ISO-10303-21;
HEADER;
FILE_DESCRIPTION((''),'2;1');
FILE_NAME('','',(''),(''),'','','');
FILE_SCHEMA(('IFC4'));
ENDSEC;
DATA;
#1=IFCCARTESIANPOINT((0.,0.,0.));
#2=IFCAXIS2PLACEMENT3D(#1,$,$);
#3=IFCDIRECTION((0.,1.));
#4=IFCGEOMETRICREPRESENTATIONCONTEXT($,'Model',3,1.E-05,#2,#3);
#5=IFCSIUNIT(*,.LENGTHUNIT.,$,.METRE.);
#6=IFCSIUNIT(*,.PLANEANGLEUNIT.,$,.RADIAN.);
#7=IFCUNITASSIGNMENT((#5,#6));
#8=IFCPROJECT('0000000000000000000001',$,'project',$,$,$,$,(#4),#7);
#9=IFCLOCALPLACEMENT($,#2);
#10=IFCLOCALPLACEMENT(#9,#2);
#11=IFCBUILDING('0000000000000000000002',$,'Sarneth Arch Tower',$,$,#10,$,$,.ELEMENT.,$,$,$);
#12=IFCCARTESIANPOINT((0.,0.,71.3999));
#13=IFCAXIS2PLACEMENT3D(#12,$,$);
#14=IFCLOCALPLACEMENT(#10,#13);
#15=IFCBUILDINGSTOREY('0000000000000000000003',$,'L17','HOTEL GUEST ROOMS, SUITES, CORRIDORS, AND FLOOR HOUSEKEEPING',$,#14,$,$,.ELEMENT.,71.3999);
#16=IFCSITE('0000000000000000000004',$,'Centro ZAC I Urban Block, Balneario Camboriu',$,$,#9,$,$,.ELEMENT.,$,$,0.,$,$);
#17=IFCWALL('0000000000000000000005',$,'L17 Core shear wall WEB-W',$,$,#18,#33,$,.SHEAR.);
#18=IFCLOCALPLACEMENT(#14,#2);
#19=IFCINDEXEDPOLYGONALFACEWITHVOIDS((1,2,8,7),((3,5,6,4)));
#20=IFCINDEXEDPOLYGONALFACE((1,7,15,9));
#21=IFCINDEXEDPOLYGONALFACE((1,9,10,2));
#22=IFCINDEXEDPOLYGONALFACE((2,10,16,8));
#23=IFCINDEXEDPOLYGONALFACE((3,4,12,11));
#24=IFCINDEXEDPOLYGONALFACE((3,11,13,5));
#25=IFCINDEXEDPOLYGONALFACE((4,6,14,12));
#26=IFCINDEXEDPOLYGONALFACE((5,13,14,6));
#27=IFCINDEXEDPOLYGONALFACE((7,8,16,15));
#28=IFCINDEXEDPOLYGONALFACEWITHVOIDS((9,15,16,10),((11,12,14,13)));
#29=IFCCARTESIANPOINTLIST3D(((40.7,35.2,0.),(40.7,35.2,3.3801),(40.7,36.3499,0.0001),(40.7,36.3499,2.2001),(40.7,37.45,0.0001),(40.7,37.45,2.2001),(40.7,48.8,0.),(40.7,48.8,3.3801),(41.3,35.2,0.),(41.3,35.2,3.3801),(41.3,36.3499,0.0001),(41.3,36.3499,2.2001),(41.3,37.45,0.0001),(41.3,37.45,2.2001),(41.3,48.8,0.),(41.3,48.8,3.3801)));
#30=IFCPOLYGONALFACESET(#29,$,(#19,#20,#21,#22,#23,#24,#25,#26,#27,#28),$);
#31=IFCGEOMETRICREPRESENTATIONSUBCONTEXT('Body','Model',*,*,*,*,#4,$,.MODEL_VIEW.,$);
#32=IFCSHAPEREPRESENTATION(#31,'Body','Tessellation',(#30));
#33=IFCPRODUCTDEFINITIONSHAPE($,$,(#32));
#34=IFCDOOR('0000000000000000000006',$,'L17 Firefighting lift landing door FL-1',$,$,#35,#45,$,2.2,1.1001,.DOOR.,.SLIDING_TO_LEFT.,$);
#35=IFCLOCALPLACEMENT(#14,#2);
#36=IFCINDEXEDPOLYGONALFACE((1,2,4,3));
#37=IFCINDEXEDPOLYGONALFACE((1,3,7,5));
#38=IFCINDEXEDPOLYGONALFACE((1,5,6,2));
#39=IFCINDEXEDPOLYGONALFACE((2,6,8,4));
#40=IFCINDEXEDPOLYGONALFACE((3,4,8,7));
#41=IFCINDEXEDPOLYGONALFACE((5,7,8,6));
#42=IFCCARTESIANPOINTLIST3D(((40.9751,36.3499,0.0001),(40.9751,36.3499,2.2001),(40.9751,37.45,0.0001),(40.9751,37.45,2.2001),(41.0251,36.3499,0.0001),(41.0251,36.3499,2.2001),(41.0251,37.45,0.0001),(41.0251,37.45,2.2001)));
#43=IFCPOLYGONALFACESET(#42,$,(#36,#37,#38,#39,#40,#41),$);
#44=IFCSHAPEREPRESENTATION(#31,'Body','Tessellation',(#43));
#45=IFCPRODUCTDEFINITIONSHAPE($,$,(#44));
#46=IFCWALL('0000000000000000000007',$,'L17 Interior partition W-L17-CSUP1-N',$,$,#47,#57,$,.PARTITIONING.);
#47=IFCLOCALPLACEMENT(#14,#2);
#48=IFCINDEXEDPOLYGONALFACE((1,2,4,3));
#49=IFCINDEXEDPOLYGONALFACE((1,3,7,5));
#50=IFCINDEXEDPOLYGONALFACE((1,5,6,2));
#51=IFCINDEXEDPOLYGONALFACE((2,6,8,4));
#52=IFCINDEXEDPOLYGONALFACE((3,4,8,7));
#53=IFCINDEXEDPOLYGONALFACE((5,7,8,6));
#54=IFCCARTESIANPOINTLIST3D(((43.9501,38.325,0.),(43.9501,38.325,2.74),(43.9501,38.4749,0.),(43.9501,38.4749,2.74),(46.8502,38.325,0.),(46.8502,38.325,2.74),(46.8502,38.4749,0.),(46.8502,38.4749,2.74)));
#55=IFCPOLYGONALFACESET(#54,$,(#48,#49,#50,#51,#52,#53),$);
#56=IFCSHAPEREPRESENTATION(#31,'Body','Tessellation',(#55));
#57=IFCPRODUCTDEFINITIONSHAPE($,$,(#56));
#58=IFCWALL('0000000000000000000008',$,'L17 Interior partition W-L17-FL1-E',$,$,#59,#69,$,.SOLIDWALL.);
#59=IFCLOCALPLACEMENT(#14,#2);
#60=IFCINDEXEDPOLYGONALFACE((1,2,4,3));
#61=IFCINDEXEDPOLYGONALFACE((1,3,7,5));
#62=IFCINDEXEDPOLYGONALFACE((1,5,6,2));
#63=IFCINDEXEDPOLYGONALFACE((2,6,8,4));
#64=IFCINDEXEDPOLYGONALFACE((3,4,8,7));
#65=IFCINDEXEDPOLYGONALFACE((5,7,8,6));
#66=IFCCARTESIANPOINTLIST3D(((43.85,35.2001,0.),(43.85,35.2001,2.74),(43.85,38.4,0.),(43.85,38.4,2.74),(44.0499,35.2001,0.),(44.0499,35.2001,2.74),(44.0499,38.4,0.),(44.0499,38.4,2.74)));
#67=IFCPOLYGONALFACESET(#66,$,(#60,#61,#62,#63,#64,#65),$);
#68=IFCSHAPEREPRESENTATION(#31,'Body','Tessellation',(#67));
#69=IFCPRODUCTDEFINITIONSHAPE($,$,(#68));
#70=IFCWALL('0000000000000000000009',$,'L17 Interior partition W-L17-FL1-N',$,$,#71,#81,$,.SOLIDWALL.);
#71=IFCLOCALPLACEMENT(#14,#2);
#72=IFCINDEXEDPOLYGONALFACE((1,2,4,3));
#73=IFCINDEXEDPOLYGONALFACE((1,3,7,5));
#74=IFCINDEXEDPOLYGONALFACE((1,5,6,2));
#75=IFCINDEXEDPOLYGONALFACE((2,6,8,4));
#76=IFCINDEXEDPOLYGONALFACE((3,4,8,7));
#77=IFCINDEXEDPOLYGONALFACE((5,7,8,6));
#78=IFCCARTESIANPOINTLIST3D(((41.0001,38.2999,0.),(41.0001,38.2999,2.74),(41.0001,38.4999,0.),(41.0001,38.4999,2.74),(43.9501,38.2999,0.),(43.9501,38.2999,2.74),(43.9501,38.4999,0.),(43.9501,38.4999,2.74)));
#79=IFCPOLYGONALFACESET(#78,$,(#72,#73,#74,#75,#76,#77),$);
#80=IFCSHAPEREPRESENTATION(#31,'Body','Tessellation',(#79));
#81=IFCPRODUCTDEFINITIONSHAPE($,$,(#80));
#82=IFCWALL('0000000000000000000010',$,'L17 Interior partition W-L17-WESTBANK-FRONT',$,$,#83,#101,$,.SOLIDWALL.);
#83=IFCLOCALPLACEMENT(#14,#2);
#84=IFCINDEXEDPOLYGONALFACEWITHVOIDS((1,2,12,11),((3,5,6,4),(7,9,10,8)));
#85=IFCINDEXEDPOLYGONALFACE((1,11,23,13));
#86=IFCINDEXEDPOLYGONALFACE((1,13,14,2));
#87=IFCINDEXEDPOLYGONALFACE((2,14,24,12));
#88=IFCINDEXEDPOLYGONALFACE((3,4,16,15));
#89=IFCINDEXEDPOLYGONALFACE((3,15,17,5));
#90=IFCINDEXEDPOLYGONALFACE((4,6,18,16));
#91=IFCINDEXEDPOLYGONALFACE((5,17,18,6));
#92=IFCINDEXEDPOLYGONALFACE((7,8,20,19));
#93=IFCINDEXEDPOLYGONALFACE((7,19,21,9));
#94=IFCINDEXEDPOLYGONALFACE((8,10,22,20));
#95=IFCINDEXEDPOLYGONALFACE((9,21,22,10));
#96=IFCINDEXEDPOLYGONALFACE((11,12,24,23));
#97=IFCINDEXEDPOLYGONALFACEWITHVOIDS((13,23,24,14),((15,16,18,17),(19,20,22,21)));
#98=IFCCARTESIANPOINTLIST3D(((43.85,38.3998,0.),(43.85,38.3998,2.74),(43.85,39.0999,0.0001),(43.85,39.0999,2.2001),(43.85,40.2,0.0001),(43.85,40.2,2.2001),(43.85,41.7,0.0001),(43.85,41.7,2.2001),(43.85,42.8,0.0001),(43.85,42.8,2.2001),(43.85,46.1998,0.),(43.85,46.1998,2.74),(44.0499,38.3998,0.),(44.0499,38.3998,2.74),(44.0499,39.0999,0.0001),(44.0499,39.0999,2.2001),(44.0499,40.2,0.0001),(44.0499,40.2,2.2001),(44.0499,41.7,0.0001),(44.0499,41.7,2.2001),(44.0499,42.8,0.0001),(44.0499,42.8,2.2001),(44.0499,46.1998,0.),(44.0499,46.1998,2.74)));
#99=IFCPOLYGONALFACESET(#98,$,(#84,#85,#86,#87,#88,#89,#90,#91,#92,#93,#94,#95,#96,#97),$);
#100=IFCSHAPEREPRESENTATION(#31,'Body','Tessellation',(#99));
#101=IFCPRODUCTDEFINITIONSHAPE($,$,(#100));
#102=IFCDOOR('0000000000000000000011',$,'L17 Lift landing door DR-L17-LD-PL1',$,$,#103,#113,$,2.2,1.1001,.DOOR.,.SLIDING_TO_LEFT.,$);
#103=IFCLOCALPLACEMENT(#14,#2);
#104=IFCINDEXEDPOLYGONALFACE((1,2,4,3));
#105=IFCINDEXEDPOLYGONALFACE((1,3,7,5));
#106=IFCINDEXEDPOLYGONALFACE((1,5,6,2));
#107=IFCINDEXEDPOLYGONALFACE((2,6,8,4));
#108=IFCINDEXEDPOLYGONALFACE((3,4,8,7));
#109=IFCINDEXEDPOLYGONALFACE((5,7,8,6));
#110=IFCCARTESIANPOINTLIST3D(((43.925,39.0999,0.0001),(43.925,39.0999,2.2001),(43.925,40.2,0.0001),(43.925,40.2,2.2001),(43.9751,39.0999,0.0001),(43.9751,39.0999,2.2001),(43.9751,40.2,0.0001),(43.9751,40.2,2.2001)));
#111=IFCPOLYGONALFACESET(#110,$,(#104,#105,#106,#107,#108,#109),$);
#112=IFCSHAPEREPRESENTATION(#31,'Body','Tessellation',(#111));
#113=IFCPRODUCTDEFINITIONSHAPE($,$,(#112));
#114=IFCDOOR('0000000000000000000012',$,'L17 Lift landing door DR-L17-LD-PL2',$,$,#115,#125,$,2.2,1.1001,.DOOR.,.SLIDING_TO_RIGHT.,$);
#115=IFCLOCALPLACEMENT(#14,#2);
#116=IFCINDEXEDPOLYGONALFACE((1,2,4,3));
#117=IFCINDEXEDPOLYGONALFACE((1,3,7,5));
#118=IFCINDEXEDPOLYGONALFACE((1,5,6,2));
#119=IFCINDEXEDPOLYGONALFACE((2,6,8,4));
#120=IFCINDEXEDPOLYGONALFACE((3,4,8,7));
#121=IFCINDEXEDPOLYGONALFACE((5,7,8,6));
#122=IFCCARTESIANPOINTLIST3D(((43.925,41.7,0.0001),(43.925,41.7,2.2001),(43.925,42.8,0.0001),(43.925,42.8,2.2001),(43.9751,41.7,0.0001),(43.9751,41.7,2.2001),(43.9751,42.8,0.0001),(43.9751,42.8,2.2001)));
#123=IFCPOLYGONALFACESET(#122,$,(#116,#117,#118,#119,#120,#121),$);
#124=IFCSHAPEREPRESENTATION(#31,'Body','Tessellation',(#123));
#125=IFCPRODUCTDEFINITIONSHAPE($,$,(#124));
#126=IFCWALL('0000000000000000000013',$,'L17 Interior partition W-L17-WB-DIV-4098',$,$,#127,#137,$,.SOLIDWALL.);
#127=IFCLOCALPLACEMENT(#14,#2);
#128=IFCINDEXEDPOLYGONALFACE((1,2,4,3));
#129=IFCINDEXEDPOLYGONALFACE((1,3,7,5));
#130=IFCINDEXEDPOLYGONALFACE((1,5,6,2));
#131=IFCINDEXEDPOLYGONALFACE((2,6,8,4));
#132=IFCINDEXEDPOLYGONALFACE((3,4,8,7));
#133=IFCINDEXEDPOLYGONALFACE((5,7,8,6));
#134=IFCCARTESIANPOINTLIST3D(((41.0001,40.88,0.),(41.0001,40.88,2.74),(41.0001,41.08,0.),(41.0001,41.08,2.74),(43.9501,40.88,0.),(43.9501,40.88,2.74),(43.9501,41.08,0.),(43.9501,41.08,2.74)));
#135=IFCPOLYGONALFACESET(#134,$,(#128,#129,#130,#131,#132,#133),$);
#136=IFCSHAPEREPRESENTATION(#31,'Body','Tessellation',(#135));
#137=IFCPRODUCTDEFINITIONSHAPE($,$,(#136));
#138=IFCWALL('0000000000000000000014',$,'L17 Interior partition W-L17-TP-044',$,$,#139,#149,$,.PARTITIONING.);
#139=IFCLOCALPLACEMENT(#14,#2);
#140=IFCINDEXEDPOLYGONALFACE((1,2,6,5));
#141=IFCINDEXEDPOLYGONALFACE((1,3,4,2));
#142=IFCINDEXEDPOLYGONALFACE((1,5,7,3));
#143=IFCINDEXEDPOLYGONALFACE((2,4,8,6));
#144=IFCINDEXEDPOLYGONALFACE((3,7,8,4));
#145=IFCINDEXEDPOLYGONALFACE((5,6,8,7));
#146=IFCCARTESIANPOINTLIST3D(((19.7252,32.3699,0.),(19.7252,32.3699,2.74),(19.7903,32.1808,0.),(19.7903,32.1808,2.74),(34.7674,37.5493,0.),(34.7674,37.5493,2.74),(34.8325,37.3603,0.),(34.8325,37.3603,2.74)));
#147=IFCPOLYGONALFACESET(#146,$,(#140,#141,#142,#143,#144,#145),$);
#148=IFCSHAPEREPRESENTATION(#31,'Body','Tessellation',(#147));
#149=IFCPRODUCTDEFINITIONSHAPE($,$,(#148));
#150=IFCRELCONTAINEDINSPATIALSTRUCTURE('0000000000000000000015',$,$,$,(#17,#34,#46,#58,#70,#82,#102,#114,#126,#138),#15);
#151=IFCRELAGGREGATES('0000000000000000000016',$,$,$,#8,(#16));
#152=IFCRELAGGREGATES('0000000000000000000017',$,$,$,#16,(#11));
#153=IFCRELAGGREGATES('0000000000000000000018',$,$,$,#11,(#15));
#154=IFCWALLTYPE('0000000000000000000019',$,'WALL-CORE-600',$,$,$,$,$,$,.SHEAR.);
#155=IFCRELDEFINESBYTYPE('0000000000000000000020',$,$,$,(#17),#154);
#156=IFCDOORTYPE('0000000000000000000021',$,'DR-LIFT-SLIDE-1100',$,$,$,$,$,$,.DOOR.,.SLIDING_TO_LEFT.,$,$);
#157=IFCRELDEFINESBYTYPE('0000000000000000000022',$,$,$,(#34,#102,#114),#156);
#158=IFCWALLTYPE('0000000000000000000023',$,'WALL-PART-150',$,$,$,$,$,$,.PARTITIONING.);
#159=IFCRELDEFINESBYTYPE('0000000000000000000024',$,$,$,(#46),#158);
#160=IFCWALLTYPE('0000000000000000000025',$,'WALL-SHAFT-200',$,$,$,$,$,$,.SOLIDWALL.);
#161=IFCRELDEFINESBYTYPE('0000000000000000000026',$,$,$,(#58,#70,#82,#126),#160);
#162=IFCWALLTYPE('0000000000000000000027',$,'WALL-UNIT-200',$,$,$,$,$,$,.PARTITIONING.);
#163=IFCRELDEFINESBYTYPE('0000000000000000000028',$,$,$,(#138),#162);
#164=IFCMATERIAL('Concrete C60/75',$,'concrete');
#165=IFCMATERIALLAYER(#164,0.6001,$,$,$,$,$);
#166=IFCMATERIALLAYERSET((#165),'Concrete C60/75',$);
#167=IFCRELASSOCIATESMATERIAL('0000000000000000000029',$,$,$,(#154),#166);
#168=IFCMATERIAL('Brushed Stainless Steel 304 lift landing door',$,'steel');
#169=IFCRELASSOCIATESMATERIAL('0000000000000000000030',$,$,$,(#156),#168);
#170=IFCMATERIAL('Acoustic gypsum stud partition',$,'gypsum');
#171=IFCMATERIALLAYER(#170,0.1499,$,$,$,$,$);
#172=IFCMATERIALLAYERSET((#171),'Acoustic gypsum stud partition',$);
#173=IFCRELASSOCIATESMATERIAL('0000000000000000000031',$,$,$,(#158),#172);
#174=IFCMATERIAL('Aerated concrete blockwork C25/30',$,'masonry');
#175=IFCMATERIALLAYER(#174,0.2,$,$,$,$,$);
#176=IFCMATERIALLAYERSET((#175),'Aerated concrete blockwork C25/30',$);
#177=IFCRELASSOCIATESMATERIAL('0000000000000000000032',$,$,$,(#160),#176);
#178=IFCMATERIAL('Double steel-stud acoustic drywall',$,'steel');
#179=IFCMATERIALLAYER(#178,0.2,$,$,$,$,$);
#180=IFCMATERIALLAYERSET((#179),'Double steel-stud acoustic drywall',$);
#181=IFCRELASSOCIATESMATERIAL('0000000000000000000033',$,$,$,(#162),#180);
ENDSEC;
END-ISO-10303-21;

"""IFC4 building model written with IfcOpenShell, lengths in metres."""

from ifc_helpers import new_model, si_unit, direction, frame, frame_2d, origin, place, context, subcontext, project, spatial, rectangle, extrude, material, layer, layer_set, type_object, element, fill, save


model = new_model("IFC4")

# Units and contexts
model_context = context("Model", 3, precision=1e-05, world=origin(), true_north=direction((0.0, 1.0)))
body_context = subcontext(model_context, "Body", "Model", "MODEL_VIEW")
ifc_project = project(units=[si_unit("LENGTHUNIT", "METRE"), si_unit("PLANEANGLEUNIT", "RADIAN")], contexts=[model_context])

# Site, building, storey
site_placement = place(None, origin())
site = spatial("IfcSite", under=ifc_project, at=site_placement, Name="Centro ZAC I Urban Block, Balneario Camboriu", CompositionType="ELEMENT", RefElevation=0.0)
building_placement = place(site_placement, origin())
building = spatial("IfcBuilding", under=site, at=building_placement, Name="Sarneth Arch Tower", CompositionType="ELEMENT")
storey_placement = place(building_placement, frame((0.0, 0.0, 71.3999)))
storey = spatial("IfcBuildingStorey", under=building, at=storey_placement, Name="L17", Description="HOTEL GUEST ROOMS, SUITES, CORRIDORS, AND FLOOR HOUSEKEEPING", CompositionType="ELEMENT", Elevation=71.3999)

# Shared definitions
ifc_material_1 = material(Name="Concrete C60/75", Category="concrete")
ifc_layer_1 = layer(ifc_material_1, 0.6001)
ifc_layer_set_1 = layer_set([ifc_layer_1], Name="Concrete C60/75")
wall_type_1 = type_object("IfcWallType", Name="WALL-CORE-600", PredefinedType="SHEAR", material=ifc_layer_set_1)

# Wall, opening, door
wall_1_placement = place(storey_placement, frame((41.0, 35.2, 0.0), z_axis=(0.0, 0.0, 1.0), x_axis=(0.0, 1.0, 0.0)))
wall_1 = element("IfcWall", 1, at=wall_1_placement, inside=storey, type_object=wall_type_1, Name="L17 Core shear wall WEB-W", PredefinedType="SHEAR", context=body_context, shape_type="SweptSolid", body=[
    extrude(rectangle(XDim=13.6001, YDim=0.6001, at=frame_2d((6.8, 0.0))), origin(), (0.0, 0.0, 1.0), 3.3801),
])
opening_1_placement = place(wall_1_placement, frame((1.1499, 0.0, 0.0)))
opening_1 = element("IfcOpeningElement", 2, at=opening_1_placement, cuts=wall_1, PredefinedType="OPENING", context=body_context, shape_type="SweptSolid", body=[
    extrude(rectangle(XDim=1.1001, YDim=2.2, at=frame_2d((0.55, 1.1001))), frame((0.0, 0.3101, 0.0), z_axis=(0.0, -1.0, 0.0), x_axis=(1.0, 0.0, 0.0)), (0.0, 0.0, 1.0), 0.6201),
])
ifc_material_2 = material(Name="Brushed Stainless Steel 304 lift landing door", Category="steel")
door_type_1 = type_object("IfcDoorType", Name="DR-LIFT-SLIDE-1100", OperationType="SLIDING_TO_LEFT", PredefinedType="DOOR", material=ifc_material_2)
door_1_placement = place(opening_1_placement, origin())
door_1 = element("IfcDoor", 3, at=door_1_placement, inside=storey, type_object=door_type_1, Name="L17 Firefighting lift landing door FL-1", OperationType="SLIDING_TO_LEFT", OverallHeight=2.2, OverallWidth=1.1001, PredefinedType="DOOR", context=body_context, shape_type="SweptSolid", body=[
    extrude(rectangle(XDim=1.1001, YDim=2.2, at=frame_2d((0.55, 1.1001))), frame((0.0, 0.0249, 0.0), z_axis=(0.0, -1.0, 0.0), x_axis=(1.0, 0.0, 0.0)), (0.0, 0.0, 1.0), 0.05),
])
fill(opening_1, door_1)

# Wall
ifc_material_3 = material(Name="Acoustic gypsum stud partition", Category="gypsum")
ifc_layer_2 = layer(ifc_material_3, 0.1499)
ifc_layer_set_2 = layer_set([ifc_layer_2], Name="Acoustic gypsum stud partition")
wall_type_2 = type_object("IfcWallType", Name="WALL-PART-150", PredefinedType="PARTITIONING", material=ifc_layer_set_2)
wall_2_placement = place(storey_placement, frame((43.95, 38.3999, 0.0), z_axis=(0.0, 0.0, 1.0), x_axis=(1.0, 0.0, 0.0)))
element("IfcWall", 4, at=wall_2_placement, inside=storey, type_object=wall_type_2, Name="L17 Interior partition W-L17-CSUP1-N", PredefinedType="PARTITIONING", context=body_context, shape_type="SweptSolid", body=[
    extrude(rectangle(XDim=2.9001, YDim=0.1499, at=frame_2d((1.4502, 0.0))), origin(), (0.0, 0.0, 1.0), 2.74),
])

# Shared definitions
ifc_material_4 = material(Name="Aerated concrete blockwork C25/30", Category="masonry")
ifc_layer_3 = layer(ifc_material_4, 0.2)
ifc_layer_set_3 = layer_set([ifc_layer_3], Name="Aerated concrete blockwork C25/30")
wall_type_3 = type_object("IfcWallType", Name="WALL-SHAFT-200", PredefinedType="SOLIDWALL", material=ifc_layer_set_3)

# Walls
wall_3_placement = place(storey_placement, frame((43.95, 35.2, 0.0), z_axis=(0.0, 0.0, 1.0), x_axis=(0.0, 1.0, 0.0)))
element("IfcWall", 5, at=wall_3_placement, inside=storey, type_object=wall_type_3, Name="L17 Interior partition W-L17-FL1-E", PredefinedType="SOLIDWALL", context=body_context, shape_type="SweptSolid", body=[
    extrude(rectangle(XDim=3.2, YDim=0.2, at=frame_2d((1.6001, 0.0))), origin(), (0.0, 0.0, 1.0), 2.74),
])
wall_4_placement = place(storey_placement, frame((41.0, 38.3999, 0.0), z_axis=(0.0, 0.0, 1.0), x_axis=(1.0, 0.0, 0.0)))
element("IfcWall", 6, at=wall_4_placement, inside=storey, type_object=wall_type_3, Name="L17 Interior partition W-L17-FL1-N", PredefinedType="SOLIDWALL", context=body_context, shape_type="SweptSolid", body=[
    extrude(rectangle(XDim=2.95, YDim=0.2, at=frame_2d((1.4751, 0.0))), origin(), (0.0, 0.0, 1.0), 2.74),
])

# Wall, openings, doors
wall_5_placement = place(storey_placement, frame((43.95, 38.3999, 0.0), z_axis=(0.0, 0.0, 1.0), x_axis=(0.0, 1.0, 0.0)))
wall_5 = element("IfcWall", 7, at=wall_5_placement, inside=storey, type_object=wall_type_3, Name="L17 Interior partition W-L17-WESTBANK-FRONT", PredefinedType="SOLIDWALL", context=body_context, shape_type="SweptSolid", body=[
    extrude(rectangle(XDim=7.8, YDim=0.2, at=frame_2d((3.8999, 0.0))), origin(), (0.0, 0.0, 1.0), 2.74),
])
opening_2_placement = place(wall_5_placement, frame((0.7, 0.0, 0.0)))
opening_2 = element("IfcOpeningElement", 8, at=opening_2_placement, cuts=wall_5, PredefinedType="OPENING", context=body_context, shape_type="SweptSolid", body=[
    extrude(rectangle(XDim=1.1001, YDim=2.2, at=frame_2d((0.55, 1.1001))), frame((0.0, 0.1099, 0.0), z_axis=(0.0, -1.0, 0.0), x_axis=(1.0, 0.0, 0.0)), (0.0, 0.0, 1.0), 0.22),
])
opening_3_placement = place(wall_5_placement, frame((3.3, 0.0, 0.0)))
opening_3 = element("IfcOpeningElement", 9, at=opening_3_placement, cuts=wall_5, PredefinedType="OPENING", context=body_context, shape_type="SweptSolid", body=[
    extrude(rectangle(XDim=1.1001, YDim=2.2, at=frame_2d((0.55, 1.1001))), frame((0.0, 0.1099, 0.0), z_axis=(0.0, -1.0, 0.0), x_axis=(1.0, 0.0, 0.0)), (0.0, 0.0, 1.0), 0.22),
])
door_2_placement = place(opening_2_placement, origin())
door_2 = element("IfcDoor", 10, at=door_2_placement, inside=storey, type_object=door_type_1, Name="L17 Lift landing door DR-L17-LD-PL1", OperationType="SLIDING_TO_LEFT", OverallHeight=2.2, OverallWidth=1.1001, PredefinedType="DOOR", context=body_context, shape_type="SweptSolid", body=[
    extrude(rectangle(XDim=1.1001, YDim=2.2, at=frame_2d((0.55, 1.1001))), frame((0.0, 0.0249, 0.0), z_axis=(0.0, -1.0, 0.0), x_axis=(1.0, 0.0, 0.0)), (0.0, 0.0, 1.0), 0.05),
])
fill(opening_2, door_2)
door_3_placement = place(opening_3_placement, origin())
door_3 = element("IfcDoor", 11, at=door_3_placement, inside=storey, type_object=door_type_1, Name="L17 Lift landing door DR-L17-LD-PL2", OperationType="SLIDING_TO_RIGHT", OverallHeight=2.2, OverallWidth=1.1001, PredefinedType="DOOR", context=body_context, shape_type="SweptSolid", body=[
    extrude(rectangle(XDim=1.1001, YDim=2.2, at=frame_2d((0.55, 1.1001))), frame((0.0, 0.0249, 0.0), z_axis=(0.0, -1.0, 0.0), x_axis=(1.0, 0.0, 0.0)), (0.0, 0.0, 1.0), 0.05),
])
fill(opening_3, door_3)

# Walls
wall_6_placement = place(storey_placement, frame((41.0, 40.98, 0.0), z_axis=(0.0, 0.0, 1.0), x_axis=(1.0, 0.0, 0.0)))
element("IfcWall", 12, at=wall_6_placement, inside=storey, type_object=wall_type_3, Name="L17 Interior partition W-L17-WB-DIV-4098", PredefinedType="SOLIDWALL", context=body_context, shape_type="SweptSolid", body=[
    extrude(rectangle(XDim=2.95, YDim=0.2, at=frame_2d((1.4751, 0.0))), origin(), (0.0, 0.0, 1.0), 2.74),
])
ifc_material_5 = material(Name="Double steel-stud acoustic drywall", Category="steel")
ifc_layer_4 = layer(ifc_material_5, 0.2)
ifc_layer_set_4 = layer_set([ifc_layer_4], Name="Double steel-stud acoustic drywall")
wall_type_4 = type_object("IfcWallType", Name="WALL-UNIT-200", PredefinedType="PARTITIONING", material=ifc_layer_set_4)
wall_7_placement = place(storey_placement, frame((34.8, 37.4548, 0.0), z_axis=(0.0, 0.0, 1.0), x_axis=(-0.945519, -0.325567, 0.0)))
element("IfcWall", 13, at=wall_7_placement, inside=storey, type_object=wall_type_4, Name="L17 Interior partition W-L17-TP-044", PredefinedType="PARTITIONING", context=body_context, shape_type="SweptSolid", body=[
    extrude(rectangle(XDim=15.9089, YDim=0.2, at=frame_2d((7.9546, 0.0))), origin(), (0.0, 0.0, 1.0), 2.74),
])

save(model, "model.ifc")
